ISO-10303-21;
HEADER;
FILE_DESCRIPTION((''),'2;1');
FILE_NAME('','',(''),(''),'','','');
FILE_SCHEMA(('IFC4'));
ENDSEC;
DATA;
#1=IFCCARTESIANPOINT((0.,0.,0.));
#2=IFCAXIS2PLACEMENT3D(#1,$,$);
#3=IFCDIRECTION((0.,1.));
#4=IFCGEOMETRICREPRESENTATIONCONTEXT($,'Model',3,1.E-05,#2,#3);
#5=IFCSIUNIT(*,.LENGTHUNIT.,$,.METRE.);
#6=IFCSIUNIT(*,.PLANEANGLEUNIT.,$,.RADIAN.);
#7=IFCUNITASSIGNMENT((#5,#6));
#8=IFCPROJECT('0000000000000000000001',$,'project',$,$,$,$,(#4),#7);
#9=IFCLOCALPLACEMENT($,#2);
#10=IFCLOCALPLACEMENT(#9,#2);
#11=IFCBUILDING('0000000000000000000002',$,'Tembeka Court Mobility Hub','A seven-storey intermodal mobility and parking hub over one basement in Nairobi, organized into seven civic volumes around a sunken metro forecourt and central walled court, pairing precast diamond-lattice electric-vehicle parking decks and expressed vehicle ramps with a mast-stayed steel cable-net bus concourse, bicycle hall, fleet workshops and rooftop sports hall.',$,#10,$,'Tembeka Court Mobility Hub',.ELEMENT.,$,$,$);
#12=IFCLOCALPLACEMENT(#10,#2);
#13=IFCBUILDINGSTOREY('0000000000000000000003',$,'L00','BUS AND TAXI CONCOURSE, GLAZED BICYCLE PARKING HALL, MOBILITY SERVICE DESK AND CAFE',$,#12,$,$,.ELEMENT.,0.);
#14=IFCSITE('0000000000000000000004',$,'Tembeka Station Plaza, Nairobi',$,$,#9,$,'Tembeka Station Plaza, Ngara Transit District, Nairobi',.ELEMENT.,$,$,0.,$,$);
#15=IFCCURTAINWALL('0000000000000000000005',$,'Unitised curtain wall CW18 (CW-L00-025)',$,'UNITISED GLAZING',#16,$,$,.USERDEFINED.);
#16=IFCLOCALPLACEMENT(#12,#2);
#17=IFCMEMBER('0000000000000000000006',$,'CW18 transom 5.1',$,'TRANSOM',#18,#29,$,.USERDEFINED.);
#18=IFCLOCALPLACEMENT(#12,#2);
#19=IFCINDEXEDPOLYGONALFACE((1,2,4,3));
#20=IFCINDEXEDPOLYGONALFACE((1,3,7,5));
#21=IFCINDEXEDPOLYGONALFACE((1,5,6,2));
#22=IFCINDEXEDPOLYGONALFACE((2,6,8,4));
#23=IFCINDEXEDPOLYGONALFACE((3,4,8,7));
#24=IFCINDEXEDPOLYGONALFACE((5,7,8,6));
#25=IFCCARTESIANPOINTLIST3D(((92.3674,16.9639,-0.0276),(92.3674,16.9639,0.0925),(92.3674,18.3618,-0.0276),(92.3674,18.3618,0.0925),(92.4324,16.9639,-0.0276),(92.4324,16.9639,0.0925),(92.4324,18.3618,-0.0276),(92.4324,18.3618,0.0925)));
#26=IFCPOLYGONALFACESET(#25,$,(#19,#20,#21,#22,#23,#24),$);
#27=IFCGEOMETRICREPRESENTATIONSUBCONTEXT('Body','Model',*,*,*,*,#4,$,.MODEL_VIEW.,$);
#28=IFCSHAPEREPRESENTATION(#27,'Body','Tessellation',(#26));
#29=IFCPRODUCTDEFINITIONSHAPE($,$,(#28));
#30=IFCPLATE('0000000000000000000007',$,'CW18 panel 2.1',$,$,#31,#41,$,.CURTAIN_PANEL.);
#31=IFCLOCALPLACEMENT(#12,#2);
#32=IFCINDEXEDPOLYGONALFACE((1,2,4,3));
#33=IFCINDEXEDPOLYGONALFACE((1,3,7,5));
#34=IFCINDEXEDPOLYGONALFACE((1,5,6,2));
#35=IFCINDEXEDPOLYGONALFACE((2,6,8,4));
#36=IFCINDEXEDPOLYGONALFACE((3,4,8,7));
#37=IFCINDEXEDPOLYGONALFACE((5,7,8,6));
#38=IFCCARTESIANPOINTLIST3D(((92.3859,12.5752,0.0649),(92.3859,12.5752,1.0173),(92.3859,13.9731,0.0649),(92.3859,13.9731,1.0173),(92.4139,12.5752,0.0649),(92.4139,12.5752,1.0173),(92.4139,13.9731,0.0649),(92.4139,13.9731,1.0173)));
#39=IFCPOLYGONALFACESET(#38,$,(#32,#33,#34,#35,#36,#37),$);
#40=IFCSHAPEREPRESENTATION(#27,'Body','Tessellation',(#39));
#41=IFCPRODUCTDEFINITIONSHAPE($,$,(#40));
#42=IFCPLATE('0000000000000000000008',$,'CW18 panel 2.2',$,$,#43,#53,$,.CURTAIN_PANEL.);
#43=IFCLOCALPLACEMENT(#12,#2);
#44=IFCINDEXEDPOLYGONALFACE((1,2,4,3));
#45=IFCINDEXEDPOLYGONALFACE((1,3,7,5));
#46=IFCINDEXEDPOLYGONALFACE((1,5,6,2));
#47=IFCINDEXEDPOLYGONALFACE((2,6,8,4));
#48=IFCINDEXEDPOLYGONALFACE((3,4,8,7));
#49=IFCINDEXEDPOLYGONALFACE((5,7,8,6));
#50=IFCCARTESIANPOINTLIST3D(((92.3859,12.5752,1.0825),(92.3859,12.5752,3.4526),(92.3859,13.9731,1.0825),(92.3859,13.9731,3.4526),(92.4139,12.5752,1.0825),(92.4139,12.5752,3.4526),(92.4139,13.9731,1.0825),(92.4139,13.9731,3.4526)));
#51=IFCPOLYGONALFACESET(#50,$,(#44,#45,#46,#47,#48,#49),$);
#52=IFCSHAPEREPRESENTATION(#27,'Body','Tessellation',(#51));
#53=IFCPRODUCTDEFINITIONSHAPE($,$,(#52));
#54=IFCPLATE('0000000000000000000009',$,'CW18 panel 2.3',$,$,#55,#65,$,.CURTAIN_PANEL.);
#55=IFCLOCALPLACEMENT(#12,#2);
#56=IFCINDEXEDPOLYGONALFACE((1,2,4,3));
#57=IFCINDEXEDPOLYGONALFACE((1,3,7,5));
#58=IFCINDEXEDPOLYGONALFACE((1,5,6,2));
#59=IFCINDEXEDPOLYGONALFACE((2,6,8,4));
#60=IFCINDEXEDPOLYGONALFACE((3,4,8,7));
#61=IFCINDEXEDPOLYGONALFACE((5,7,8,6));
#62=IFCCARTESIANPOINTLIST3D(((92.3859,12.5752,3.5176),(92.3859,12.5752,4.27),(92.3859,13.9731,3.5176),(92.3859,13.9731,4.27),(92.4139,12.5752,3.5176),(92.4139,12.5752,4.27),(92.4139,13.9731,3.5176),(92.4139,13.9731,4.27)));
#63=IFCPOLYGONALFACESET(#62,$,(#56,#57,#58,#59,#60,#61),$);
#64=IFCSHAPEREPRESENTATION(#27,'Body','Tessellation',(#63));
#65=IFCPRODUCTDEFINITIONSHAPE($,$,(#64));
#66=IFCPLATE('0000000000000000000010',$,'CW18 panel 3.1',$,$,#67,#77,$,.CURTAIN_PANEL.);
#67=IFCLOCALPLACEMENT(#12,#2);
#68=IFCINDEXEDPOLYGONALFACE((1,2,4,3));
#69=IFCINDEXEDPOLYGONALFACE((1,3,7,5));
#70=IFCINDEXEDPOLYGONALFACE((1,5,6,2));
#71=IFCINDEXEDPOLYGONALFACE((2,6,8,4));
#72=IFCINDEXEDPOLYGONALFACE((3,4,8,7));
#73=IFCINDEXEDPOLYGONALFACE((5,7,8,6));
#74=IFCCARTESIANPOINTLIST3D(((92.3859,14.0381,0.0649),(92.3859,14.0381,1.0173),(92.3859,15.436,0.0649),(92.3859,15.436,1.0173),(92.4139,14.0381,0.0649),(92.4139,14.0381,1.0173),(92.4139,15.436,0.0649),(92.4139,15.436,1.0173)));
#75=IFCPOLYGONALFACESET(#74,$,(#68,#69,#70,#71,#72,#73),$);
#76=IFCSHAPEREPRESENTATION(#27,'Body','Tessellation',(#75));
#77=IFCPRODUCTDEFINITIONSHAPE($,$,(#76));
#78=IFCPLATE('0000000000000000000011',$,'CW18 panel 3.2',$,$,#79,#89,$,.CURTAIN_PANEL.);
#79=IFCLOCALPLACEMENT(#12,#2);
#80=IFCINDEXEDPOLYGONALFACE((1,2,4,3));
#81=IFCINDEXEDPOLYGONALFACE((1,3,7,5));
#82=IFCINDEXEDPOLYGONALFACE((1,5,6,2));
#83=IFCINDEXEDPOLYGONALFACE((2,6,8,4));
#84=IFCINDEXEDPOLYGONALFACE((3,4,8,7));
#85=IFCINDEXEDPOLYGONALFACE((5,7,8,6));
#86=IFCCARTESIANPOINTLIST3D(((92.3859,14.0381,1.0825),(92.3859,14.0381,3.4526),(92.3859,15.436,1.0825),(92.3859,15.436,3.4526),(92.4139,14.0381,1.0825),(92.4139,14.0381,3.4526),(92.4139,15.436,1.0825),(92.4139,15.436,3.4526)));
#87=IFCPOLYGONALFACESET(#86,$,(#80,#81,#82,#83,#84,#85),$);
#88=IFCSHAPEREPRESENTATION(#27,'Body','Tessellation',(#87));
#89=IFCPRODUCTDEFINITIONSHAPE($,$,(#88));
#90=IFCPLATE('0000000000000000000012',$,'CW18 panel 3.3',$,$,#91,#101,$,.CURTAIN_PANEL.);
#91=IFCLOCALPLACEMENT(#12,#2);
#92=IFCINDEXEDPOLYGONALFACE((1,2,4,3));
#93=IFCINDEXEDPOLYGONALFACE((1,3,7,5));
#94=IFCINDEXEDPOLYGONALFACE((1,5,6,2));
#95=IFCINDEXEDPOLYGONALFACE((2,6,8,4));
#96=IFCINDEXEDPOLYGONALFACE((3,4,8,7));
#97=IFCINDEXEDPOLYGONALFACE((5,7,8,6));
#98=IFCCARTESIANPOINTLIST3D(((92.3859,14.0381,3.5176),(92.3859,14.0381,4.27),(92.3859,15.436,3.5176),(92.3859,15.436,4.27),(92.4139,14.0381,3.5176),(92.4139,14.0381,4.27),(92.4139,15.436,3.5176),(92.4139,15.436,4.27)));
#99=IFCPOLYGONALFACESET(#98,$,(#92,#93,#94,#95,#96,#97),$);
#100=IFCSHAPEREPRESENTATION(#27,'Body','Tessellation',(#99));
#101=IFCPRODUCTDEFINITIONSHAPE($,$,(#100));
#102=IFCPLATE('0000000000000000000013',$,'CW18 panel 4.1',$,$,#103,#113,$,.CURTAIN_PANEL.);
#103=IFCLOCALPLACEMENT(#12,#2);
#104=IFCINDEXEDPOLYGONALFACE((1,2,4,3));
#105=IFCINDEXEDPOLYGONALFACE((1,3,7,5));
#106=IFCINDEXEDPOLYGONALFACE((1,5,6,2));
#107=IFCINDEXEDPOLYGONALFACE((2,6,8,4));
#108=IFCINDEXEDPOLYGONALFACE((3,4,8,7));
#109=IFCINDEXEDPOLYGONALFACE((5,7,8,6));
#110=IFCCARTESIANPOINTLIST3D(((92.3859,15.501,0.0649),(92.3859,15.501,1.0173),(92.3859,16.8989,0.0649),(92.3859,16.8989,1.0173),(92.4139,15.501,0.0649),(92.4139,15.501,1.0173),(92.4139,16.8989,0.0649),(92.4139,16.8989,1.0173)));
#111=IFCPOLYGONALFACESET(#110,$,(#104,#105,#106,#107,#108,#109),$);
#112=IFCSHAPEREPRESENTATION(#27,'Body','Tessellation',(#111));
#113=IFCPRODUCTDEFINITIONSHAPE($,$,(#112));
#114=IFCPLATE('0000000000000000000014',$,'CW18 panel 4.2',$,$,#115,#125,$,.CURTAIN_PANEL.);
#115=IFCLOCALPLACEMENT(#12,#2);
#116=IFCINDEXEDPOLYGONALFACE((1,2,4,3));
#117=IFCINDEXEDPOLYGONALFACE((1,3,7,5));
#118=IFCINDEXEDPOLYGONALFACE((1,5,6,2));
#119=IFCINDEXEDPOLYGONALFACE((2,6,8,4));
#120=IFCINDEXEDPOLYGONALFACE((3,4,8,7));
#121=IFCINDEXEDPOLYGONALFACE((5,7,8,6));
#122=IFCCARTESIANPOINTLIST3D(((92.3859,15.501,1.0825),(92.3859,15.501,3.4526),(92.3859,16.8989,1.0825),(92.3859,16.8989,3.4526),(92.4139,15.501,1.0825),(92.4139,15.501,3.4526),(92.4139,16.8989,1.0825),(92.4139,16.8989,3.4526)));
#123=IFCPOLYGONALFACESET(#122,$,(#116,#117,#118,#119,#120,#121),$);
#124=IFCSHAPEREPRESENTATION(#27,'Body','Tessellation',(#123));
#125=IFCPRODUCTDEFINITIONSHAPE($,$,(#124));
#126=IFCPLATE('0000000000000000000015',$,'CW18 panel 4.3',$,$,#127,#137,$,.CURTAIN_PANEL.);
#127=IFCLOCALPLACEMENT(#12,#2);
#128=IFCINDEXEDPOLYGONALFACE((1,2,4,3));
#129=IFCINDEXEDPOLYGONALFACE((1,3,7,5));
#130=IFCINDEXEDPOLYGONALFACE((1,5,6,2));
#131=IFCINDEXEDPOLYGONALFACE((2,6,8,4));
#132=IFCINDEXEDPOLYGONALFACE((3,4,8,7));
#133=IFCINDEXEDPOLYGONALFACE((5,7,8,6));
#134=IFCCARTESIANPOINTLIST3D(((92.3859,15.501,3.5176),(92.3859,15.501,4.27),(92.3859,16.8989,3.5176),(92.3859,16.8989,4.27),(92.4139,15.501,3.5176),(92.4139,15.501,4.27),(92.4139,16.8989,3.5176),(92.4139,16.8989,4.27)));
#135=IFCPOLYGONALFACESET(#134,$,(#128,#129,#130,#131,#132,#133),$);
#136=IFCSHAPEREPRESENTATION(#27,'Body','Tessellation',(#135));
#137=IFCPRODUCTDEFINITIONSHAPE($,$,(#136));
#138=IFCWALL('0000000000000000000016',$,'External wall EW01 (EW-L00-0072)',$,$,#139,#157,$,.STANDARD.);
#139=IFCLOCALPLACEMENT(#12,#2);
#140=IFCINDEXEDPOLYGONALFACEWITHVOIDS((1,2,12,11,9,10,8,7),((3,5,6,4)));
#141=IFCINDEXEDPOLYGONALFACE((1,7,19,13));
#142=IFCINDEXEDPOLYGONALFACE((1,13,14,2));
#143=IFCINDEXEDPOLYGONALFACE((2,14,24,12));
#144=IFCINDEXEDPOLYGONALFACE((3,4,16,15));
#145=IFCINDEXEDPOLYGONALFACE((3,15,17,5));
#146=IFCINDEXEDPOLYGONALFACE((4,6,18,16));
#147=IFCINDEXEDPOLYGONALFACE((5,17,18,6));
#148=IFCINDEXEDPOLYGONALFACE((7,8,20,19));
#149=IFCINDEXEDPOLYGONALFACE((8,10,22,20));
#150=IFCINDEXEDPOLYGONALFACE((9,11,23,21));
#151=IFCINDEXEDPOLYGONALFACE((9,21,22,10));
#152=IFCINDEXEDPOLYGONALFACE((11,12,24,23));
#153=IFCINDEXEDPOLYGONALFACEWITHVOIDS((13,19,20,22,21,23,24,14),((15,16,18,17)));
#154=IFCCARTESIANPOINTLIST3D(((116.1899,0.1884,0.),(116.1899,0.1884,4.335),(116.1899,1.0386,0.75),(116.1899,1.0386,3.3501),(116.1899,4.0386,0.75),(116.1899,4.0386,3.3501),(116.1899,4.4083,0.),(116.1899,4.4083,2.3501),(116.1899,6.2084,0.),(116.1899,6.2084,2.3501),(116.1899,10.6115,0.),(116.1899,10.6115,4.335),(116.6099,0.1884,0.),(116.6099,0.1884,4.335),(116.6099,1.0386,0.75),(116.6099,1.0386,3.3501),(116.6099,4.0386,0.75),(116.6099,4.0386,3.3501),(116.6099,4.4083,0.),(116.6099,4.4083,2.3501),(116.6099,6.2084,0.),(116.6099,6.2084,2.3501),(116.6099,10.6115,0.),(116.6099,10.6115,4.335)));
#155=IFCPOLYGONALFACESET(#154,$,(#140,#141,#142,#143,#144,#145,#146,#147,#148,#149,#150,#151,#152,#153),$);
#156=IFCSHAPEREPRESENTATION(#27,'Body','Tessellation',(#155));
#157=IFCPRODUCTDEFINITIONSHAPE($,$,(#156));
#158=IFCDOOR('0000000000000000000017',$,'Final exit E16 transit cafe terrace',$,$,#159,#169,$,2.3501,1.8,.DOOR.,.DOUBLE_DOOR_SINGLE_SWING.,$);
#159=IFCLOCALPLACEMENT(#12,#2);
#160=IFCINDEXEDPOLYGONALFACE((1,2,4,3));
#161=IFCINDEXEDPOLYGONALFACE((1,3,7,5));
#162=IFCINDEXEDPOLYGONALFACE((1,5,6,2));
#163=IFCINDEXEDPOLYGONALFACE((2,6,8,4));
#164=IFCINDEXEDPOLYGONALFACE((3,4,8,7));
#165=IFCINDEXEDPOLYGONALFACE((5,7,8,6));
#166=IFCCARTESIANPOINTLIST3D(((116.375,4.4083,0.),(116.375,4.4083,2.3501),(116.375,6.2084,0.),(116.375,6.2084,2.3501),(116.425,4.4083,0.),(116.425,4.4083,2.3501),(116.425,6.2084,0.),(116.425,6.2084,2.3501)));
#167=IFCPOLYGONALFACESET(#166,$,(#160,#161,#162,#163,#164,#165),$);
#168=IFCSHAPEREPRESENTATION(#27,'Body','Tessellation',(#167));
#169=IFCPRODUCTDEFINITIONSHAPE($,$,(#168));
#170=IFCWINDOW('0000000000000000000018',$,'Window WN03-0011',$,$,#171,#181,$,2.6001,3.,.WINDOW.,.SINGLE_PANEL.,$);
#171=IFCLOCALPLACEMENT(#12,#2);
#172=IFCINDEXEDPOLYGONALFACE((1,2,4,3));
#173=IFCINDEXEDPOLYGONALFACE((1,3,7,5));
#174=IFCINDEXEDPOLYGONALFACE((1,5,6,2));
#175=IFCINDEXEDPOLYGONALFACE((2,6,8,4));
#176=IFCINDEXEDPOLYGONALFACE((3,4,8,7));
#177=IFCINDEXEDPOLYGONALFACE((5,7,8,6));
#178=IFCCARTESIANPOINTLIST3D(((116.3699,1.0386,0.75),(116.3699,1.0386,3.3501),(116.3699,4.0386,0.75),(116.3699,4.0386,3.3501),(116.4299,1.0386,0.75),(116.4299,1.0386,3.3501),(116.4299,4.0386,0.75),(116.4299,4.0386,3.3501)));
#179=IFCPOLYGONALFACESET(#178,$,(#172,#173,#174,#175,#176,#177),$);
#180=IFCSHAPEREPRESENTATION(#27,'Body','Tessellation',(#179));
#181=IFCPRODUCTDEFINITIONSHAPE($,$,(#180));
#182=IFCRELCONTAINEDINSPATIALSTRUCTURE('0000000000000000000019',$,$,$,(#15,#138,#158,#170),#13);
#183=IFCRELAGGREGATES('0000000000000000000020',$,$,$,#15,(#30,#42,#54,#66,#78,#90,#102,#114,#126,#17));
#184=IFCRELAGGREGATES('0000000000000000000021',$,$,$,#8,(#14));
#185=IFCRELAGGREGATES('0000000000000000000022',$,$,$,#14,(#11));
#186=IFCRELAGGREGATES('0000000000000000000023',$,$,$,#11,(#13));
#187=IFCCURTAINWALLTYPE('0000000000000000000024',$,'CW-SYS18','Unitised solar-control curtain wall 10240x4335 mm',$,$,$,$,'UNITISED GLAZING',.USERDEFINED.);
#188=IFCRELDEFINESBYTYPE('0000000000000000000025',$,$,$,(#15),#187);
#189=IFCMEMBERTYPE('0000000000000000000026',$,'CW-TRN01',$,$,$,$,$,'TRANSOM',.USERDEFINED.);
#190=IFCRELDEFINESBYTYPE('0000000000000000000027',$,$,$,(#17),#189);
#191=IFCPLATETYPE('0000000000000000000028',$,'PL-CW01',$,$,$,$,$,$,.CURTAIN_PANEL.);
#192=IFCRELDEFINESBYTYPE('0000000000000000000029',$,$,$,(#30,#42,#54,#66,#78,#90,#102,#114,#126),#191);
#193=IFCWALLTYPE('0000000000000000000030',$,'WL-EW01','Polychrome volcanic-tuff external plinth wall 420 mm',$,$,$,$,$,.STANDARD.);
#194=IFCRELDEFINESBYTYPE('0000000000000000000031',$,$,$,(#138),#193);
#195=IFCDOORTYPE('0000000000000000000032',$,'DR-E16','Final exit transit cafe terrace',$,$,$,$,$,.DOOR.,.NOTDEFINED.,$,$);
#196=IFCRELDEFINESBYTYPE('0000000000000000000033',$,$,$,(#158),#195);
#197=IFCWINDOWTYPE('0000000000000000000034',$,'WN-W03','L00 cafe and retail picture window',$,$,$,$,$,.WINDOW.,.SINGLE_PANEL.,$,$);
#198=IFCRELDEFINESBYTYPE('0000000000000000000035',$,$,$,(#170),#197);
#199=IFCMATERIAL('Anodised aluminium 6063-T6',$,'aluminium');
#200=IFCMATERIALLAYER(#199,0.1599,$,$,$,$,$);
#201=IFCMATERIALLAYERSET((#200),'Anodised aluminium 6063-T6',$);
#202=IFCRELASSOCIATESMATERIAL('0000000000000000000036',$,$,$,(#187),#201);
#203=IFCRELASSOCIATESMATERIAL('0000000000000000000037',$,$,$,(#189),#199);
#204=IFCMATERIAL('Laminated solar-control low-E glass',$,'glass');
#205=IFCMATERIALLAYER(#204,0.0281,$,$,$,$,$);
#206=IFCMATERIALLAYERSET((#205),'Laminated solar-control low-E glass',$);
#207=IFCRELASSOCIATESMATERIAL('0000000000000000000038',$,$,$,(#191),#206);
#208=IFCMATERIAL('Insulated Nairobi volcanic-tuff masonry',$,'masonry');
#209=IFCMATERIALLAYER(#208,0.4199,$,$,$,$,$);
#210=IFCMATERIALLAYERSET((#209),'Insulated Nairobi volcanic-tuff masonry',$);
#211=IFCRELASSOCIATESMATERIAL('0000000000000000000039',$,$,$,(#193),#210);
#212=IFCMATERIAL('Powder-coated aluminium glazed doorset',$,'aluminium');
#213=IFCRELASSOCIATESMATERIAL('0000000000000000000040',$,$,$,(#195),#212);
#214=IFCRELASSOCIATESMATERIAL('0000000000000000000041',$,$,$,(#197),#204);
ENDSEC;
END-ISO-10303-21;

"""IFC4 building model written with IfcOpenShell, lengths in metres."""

from ifc_helpers import new_model, si_unit, direction, frame, frame_2d, origin, origin_2d, place, context, subcontext, project, spatial, rectangle, extrude, material, layer, layer_set, material_profile, profile_set, type_object, element, fill, aggregate, save


model = new_model("IFC4")

# Units and contexts
model_context = context("Model", 3, precision=1e-05, world=origin(), true_north=direction((0.0, 1.0)))
body_context = subcontext(model_context, "Body", "Model", "MODEL_VIEW")
ifc_project = project(units=[si_unit("LENGTHUNIT", "METRE"), si_unit("PLANEANGLEUNIT", "RADIAN")], contexts=[model_context])

# Site, building, storey
site_placement = place(None, origin())
site = spatial("IfcSite", under=ifc_project, at=site_placement, Name="Tembeka Station Plaza, Nairobi", LongName="Tembeka Station Plaza, Ngara Transit District, Nairobi", CompositionType="ELEMENT", RefElevation=0.0)
building_placement = place(site_placement, origin())
building = spatial("IfcBuilding", under=site, at=building_placement, Name="Tembeka Court Mobility Hub", Description="A seven-storey intermodal mobility and parking hub over one basement in Nairobi, organized into seven civic volumes around a sunken metro forecourt and central walled court, pairing precast diamond-lattice electric-vehicle parking decks and expressed vehicle ramps with a mast-stayed steel cable-net bus concourse, bicycle hall, fleet workshops and rooftop sports hall.", LongName="Tembeka Court Mobility Hub", CompositionType="ELEMENT")
storey_placement = place(building_placement, origin())
storey = spatial("IfcBuildingStorey", under=building, at=storey_placement, Name="L00", Description="BUS AND TAXI CONCOURSE, GLAZED BICYCLE PARKING HALL, MOBILITY SERVICE DESK AND CAFE", CompositionType="ELEMENT", Elevation=0.0)

# Curtain wall, member, plates
ifc_material_1 = material(Name="Anodised aluminium 6063-T6", Category="aluminium")
ifc_layer_1 = layer(ifc_material_1, 0.1599)
ifc_layer_set_1 = layer_set([ifc_layer_1], Name="Anodised aluminium 6063-T6")
curtain_wall_type = type_object("IfcCurtainWallType", Name="CW-SYS18", Description="Unitised solar-control curtain wall 10240x4335 mm", ElementType="UNITISED GLAZING", PredefinedType="USERDEFINED", material=ifc_layer_set_1)
curtain_wall_placement = place(storey_placement, origin())
curtain_wall = element("IfcCurtainWall", 1, at=curtain_wall_placement, inside=storey, type_object=curtain_wall_type, Name="Unitised curtain wall CW18 (CW-L00-025)", ObjectType="UNITISED GLAZING", PredefinedType="USERDEFINED")
ifc_material_profile_1 = material_profile(ifc_material_1, rectangle(XDim=0.0649, YDim=0.1201, at=origin_2d()), Name="ALU-TRN 65x120")
ifc_profile_set_1 = profile_set([ifc_material_profile_1], Name="Anodised aluminium 6063-T6")
member_type_1 = type_object("IfcMemberType", Name="CW-TRN01", ElementType="TRANSOM", PredefinedType="USERDEFINED", material=ifc_profile_set_1)
member_1_placement = place(storey_placement, frame((92.3999, 16.9639, 0.0325), z_axis=(0.0, 1.0, 0.0), x_axis=(-1.0, 0.0, 0.0)))
member_1 = element("IfcMember", 2, at=member_1_placement, type_object=member_type_1, Name="CW18 transom 5.1", ObjectType="TRANSOM", PredefinedType="USERDEFINED", context=body_context, shape_type="SweptSolid", body=[
    extrude(rectangle(XDim=0.0649, YDim=0.1201, at=origin_2d()), origin(), (0.0, 0.0, 1.0), 1.3979),
])
ifc_material_2 = material(Name="Laminated solar-control low-E glass", Category="glass")
ifc_layer_2 = layer(ifc_material_2, 0.0281)
ifc_layer_set_2 = layer_set([ifc_layer_2], Name="Laminated solar-control low-E glass")
plate_type = type_object("IfcPlateType", Name="PL-CW01", PredefinedType="CURTAIN_PANEL", material=ifc_layer_set_2)
plate_1_placement = place(storey_placement, frame((92.3999, 13.2742, 0.0649), z_axis=(0.0, 0.0, 1.0), x_axis=(0.0, 1.0, 0.0)))
plate_1 = element("IfcPlate", 3, at=plate_1_placement, type_object=plate_type, Name="CW18 panel 2.1", PredefinedType="CURTAIN_PANEL", context=body_context, shape_type="SweptSolid", body=[
    extrude(rectangle(XDim=1.3979, YDim=0.0281, at=origin_2d()), origin(), (0.0, 0.0, 1.0), 0.9524),
])
plate_2_placement = place(storey_placement, frame((92.3999, 13.2742, 1.0825), z_axis=(0.0, 0.0, 1.0), x_axis=(0.0, 1.0, 0.0)))
plate_2 = element("IfcPlate", 4, at=plate_2_placement, type_object=plate_type, Name="CW18 panel 2.2", PredefinedType="CURTAIN_PANEL", context=body_context, shape_type="SweptSolid", body=[
    extrude(rectangle(XDim=1.3979, YDim=0.0281, at=origin_2d()), origin(), (0.0, 0.0, 1.0), 2.3701),
])
plate_3_placement = place(storey_placement, frame((92.3999, 13.2742, 3.5176), z_axis=(0.0, 0.0, 1.0), x_axis=(0.0, 1.0, 0.0)))
plate_3 = element("IfcPlate", 5, at=plate_3_placement, type_object=plate_type, Name="CW18 panel 2.3", PredefinedType="CURTAIN_PANEL", context=body_context, shape_type="SweptSolid", body=[
    extrude(rectangle(XDim=1.3979, YDim=0.0281, at=origin_2d()), origin(), (0.0, 0.0, 1.0), 0.7524),
])
plate_4_placement = place(storey_placement, frame((92.3999, 14.7371, 0.0649), z_axis=(0.0, 0.0, 1.0), x_axis=(0.0, 1.0, 0.0)))
plate_4 = element("IfcPlate", 6, at=plate_4_placement, type_object=plate_type, Name="CW18 panel 3.1", PredefinedType="CURTAIN_PANEL", context=body_context, shape_type="SweptSolid", body=[
    extrude(rectangle(XDim=1.3979, YDim=0.0281, at=origin_2d()), origin(), (0.0, 0.0, 1.0), 0.9524),
])
plate_5_placement = place(storey_placement, frame((92.3999, 14.7371, 1.0825), z_axis=(0.0, 0.0, 1.0), x_axis=(0.0, 1.0, 0.0)))
plate_5 = element("IfcPlate", 7, at=plate_5_placement, type_object=plate_type, Name="CW18 panel 3.2", PredefinedType="CURTAIN_PANEL", context=body_context, shape_type="SweptSolid", body=[
    extrude(rectangle(XDim=1.3979, YDim=0.0281, at=origin_2d()), origin(), (0.0, 0.0, 1.0), 2.3701),
])
plate_6_placement = place(storey_placement, frame((92.3999, 14.7371, 3.5176), z_axis=(0.0, 0.0, 1.0), x_axis=(0.0, 1.0, 0.0)))
plate_6 = element("IfcPlate", 8, at=plate_6_placement, type_object=plate_type, Name="CW18 panel 3.3", PredefinedType="CURTAIN_PANEL", context=body_context, shape_type="SweptSolid", body=[
    extrude(rectangle(XDim=1.3979, YDim=0.0281, at=origin_2d()), origin(), (0.0, 0.0, 1.0), 0.7524),
])
plate_7_placement = place(storey_placement, frame((92.3999, 16.2, 0.0649), z_axis=(0.0, 0.0, 1.0), x_axis=(0.0, 1.0, 0.0)))
plate_7 = element("IfcPlate", 9, at=plate_7_placement, type_object=plate_type, Name="CW18 panel 4.1", PredefinedType="CURTAIN_PANEL", context=body_context, shape_type="SweptSolid", body=[
    extrude(rectangle(XDim=1.3979, YDim=0.0281, at=origin_2d()), origin(), (0.0, 0.0, 1.0), 0.9524),
])
plate_8_placement = place(storey_placement, frame((92.3999, 16.2, 1.0825), z_axis=(0.0, 0.0, 1.0), x_axis=(0.0, 1.0, 0.0)))
plate_8 = element("IfcPlate", 10, at=plate_8_placement, type_object=plate_type, Name="CW18 panel 4.2", PredefinedType="CURTAIN_PANEL", context=body_context, shape_type="SweptSolid", body=[
    extrude(rectangle(XDim=1.3979, YDim=0.0281, at=origin_2d()), origin(), (0.0, 0.0, 1.0), 2.3701),
])
plate_9_placement = place(storey_placement, frame((92.3999, 16.2, 3.5176), z_axis=(0.0, 0.0, 1.0), x_axis=(0.0, 1.0, 0.0)))
plate_9 = element("IfcPlate", 11, at=plate_9_placement, type_object=plate_type, Name="CW18 panel 4.3", PredefinedType="CURTAIN_PANEL", context=body_context, shape_type="SweptSolid", body=[
    extrude(rectangle(XDim=1.3979, YDim=0.0281, at=origin_2d()), origin(), (0.0, 0.0, 1.0), 0.7524),
])
aggregate(curtain_wall, [plate_1, plate_2, plate_3, plate_4, plate_5, plate_6, plate_7, plate_8, plate_9, member_1])

# Wall, openings, door, window
ifc_material_3 = material(Name="Insulated Nairobi volcanic-tuff masonry", Category="masonry")
ifc_layer_3 = layer(ifc_material_3, 0.4199)
ifc_layer_set_3 = layer_set([ifc_layer_3], Name="Insulated Nairobi volcanic-tuff masonry")
wall_type = type_object("IfcWallType", Name="WL-EW01", Description="Polychrome volcanic-tuff external plinth wall 420 mm", PredefinedType="STANDARD", material=ifc_layer_set_3)
wall_placement = place(storey_placement, frame((116.3999, 0.1885, 0.0), z_axis=(0.0, 0.0, 1.0), x_axis=(0.0, 1.0, 0.0)))
wall = element("IfcWall", 12, at=wall_placement, inside=storey, type_object=wall_type, Name="External wall EW01 (EW-L00-0072)", PredefinedType="STANDARD", context=body_context, shape_type="SweptSolid", body=[
    extrude(rectangle(XDim=10.4231, YDim=0.4199, at=frame_2d((5.2114, 0.0))), origin(), (0.0, 0.0, 1.0), 4.335),
])
opening_1_placement = place(wall_placement, frame((4.22, 0.0, 0.0)))
opening_1 = element("IfcOpeningElement", 13, at=opening_1_placement, cuts=wall, PredefinedType="OPENING", context=body_context, shape_type="SweptSolid", body=[
    extrude(rectangle(XDim=1.8, YDim=2.3501, at=frame_2d((0.8999, 1.175))), frame((0.0, 0.22, 0.0), z_axis=(0.0, -1.0, 0.0), x_axis=(1.0, 0.0, 0.0)), (0.0, 0.0, 1.0), 0.4399),
])
opening_2_placement = place(wall_placement, frame((0.8501, 0.0, 0.75)))
opening_2 = element("IfcOpeningElement", 14, at=opening_2_placement, cuts=wall, PredefinedType="OPENING", context=body_context, shape_type="SweptSolid", body=[
    extrude(rectangle(XDim=3.0, YDim=2.6001, at=frame_2d((1.5, 1.3))), frame((0.0, 0.22, 0.0), z_axis=(0.0, -1.0, 0.0), x_axis=(1.0, 0.0, 0.0)), (0.0, 0.0, 1.0), 0.4399),
])
ifc_material_4 = material(Name="Powder-coated aluminium glazed doorset", Category="aluminium")
door_type = type_object("IfcDoorType", Name="DR-E16", Description="Final exit transit cafe terrace", OperationType="NOTDEFINED", PredefinedType="DOOR", material=ifc_material_4)
door_placement = place(opening_1_placement, origin())
door = element("IfcDoor", 15, at=door_placement, inside=storey, type_object=door_type, Name="Final exit E16 transit cafe terrace", OperationType="DOUBLE_DOOR_SINGLE_SWING", OverallHeight=2.3501, OverallWidth=1.8, PredefinedType="DOOR", context=body_context, shape_type="SweptSolid", body=[
    extrude(rectangle(XDim=1.8, YDim=2.3501, at=frame_2d((0.8999, 1.175))), frame((0.0, 0.0249, 0.0), z_axis=(0.0, -1.0, 0.0), x_axis=(1.0, 0.0, 0.0)), (0.0, 0.0, 1.0), 0.05),
])
fill(opening_1, door)
window_type = type_object("IfcWindowType", Name="WN-W03", Description="L00 cafe and retail picture window", PartitioningType="SINGLE_PANEL", PredefinedType="WINDOW", material=ifc_material_2)
window_placement = place(opening_2_placement, origin())
window = element("IfcWindow", 16, at=window_placement, inside=storey, type_object=window_type, Name="Window WN03-0011", OverallHeight=2.6001, OverallWidth=3.0, PartitioningType="SINGLE_PANEL", PredefinedType="WINDOW", context=body_context, shape_type="SweptSolid", body=[
    extrude(rectangle(XDim=3.0, YDim=2.6001, at=frame_2d((1.5, 1.3))), frame((0.0, 0.03, 0.0), z_axis=(0.0, -1.0, 0.0), x_axis=(1.0, 0.0, 0.0)), (0.0, 0.0, 1.0), 0.0601),
])
fill(opening_2, window)

save(model, "model.ifc")
